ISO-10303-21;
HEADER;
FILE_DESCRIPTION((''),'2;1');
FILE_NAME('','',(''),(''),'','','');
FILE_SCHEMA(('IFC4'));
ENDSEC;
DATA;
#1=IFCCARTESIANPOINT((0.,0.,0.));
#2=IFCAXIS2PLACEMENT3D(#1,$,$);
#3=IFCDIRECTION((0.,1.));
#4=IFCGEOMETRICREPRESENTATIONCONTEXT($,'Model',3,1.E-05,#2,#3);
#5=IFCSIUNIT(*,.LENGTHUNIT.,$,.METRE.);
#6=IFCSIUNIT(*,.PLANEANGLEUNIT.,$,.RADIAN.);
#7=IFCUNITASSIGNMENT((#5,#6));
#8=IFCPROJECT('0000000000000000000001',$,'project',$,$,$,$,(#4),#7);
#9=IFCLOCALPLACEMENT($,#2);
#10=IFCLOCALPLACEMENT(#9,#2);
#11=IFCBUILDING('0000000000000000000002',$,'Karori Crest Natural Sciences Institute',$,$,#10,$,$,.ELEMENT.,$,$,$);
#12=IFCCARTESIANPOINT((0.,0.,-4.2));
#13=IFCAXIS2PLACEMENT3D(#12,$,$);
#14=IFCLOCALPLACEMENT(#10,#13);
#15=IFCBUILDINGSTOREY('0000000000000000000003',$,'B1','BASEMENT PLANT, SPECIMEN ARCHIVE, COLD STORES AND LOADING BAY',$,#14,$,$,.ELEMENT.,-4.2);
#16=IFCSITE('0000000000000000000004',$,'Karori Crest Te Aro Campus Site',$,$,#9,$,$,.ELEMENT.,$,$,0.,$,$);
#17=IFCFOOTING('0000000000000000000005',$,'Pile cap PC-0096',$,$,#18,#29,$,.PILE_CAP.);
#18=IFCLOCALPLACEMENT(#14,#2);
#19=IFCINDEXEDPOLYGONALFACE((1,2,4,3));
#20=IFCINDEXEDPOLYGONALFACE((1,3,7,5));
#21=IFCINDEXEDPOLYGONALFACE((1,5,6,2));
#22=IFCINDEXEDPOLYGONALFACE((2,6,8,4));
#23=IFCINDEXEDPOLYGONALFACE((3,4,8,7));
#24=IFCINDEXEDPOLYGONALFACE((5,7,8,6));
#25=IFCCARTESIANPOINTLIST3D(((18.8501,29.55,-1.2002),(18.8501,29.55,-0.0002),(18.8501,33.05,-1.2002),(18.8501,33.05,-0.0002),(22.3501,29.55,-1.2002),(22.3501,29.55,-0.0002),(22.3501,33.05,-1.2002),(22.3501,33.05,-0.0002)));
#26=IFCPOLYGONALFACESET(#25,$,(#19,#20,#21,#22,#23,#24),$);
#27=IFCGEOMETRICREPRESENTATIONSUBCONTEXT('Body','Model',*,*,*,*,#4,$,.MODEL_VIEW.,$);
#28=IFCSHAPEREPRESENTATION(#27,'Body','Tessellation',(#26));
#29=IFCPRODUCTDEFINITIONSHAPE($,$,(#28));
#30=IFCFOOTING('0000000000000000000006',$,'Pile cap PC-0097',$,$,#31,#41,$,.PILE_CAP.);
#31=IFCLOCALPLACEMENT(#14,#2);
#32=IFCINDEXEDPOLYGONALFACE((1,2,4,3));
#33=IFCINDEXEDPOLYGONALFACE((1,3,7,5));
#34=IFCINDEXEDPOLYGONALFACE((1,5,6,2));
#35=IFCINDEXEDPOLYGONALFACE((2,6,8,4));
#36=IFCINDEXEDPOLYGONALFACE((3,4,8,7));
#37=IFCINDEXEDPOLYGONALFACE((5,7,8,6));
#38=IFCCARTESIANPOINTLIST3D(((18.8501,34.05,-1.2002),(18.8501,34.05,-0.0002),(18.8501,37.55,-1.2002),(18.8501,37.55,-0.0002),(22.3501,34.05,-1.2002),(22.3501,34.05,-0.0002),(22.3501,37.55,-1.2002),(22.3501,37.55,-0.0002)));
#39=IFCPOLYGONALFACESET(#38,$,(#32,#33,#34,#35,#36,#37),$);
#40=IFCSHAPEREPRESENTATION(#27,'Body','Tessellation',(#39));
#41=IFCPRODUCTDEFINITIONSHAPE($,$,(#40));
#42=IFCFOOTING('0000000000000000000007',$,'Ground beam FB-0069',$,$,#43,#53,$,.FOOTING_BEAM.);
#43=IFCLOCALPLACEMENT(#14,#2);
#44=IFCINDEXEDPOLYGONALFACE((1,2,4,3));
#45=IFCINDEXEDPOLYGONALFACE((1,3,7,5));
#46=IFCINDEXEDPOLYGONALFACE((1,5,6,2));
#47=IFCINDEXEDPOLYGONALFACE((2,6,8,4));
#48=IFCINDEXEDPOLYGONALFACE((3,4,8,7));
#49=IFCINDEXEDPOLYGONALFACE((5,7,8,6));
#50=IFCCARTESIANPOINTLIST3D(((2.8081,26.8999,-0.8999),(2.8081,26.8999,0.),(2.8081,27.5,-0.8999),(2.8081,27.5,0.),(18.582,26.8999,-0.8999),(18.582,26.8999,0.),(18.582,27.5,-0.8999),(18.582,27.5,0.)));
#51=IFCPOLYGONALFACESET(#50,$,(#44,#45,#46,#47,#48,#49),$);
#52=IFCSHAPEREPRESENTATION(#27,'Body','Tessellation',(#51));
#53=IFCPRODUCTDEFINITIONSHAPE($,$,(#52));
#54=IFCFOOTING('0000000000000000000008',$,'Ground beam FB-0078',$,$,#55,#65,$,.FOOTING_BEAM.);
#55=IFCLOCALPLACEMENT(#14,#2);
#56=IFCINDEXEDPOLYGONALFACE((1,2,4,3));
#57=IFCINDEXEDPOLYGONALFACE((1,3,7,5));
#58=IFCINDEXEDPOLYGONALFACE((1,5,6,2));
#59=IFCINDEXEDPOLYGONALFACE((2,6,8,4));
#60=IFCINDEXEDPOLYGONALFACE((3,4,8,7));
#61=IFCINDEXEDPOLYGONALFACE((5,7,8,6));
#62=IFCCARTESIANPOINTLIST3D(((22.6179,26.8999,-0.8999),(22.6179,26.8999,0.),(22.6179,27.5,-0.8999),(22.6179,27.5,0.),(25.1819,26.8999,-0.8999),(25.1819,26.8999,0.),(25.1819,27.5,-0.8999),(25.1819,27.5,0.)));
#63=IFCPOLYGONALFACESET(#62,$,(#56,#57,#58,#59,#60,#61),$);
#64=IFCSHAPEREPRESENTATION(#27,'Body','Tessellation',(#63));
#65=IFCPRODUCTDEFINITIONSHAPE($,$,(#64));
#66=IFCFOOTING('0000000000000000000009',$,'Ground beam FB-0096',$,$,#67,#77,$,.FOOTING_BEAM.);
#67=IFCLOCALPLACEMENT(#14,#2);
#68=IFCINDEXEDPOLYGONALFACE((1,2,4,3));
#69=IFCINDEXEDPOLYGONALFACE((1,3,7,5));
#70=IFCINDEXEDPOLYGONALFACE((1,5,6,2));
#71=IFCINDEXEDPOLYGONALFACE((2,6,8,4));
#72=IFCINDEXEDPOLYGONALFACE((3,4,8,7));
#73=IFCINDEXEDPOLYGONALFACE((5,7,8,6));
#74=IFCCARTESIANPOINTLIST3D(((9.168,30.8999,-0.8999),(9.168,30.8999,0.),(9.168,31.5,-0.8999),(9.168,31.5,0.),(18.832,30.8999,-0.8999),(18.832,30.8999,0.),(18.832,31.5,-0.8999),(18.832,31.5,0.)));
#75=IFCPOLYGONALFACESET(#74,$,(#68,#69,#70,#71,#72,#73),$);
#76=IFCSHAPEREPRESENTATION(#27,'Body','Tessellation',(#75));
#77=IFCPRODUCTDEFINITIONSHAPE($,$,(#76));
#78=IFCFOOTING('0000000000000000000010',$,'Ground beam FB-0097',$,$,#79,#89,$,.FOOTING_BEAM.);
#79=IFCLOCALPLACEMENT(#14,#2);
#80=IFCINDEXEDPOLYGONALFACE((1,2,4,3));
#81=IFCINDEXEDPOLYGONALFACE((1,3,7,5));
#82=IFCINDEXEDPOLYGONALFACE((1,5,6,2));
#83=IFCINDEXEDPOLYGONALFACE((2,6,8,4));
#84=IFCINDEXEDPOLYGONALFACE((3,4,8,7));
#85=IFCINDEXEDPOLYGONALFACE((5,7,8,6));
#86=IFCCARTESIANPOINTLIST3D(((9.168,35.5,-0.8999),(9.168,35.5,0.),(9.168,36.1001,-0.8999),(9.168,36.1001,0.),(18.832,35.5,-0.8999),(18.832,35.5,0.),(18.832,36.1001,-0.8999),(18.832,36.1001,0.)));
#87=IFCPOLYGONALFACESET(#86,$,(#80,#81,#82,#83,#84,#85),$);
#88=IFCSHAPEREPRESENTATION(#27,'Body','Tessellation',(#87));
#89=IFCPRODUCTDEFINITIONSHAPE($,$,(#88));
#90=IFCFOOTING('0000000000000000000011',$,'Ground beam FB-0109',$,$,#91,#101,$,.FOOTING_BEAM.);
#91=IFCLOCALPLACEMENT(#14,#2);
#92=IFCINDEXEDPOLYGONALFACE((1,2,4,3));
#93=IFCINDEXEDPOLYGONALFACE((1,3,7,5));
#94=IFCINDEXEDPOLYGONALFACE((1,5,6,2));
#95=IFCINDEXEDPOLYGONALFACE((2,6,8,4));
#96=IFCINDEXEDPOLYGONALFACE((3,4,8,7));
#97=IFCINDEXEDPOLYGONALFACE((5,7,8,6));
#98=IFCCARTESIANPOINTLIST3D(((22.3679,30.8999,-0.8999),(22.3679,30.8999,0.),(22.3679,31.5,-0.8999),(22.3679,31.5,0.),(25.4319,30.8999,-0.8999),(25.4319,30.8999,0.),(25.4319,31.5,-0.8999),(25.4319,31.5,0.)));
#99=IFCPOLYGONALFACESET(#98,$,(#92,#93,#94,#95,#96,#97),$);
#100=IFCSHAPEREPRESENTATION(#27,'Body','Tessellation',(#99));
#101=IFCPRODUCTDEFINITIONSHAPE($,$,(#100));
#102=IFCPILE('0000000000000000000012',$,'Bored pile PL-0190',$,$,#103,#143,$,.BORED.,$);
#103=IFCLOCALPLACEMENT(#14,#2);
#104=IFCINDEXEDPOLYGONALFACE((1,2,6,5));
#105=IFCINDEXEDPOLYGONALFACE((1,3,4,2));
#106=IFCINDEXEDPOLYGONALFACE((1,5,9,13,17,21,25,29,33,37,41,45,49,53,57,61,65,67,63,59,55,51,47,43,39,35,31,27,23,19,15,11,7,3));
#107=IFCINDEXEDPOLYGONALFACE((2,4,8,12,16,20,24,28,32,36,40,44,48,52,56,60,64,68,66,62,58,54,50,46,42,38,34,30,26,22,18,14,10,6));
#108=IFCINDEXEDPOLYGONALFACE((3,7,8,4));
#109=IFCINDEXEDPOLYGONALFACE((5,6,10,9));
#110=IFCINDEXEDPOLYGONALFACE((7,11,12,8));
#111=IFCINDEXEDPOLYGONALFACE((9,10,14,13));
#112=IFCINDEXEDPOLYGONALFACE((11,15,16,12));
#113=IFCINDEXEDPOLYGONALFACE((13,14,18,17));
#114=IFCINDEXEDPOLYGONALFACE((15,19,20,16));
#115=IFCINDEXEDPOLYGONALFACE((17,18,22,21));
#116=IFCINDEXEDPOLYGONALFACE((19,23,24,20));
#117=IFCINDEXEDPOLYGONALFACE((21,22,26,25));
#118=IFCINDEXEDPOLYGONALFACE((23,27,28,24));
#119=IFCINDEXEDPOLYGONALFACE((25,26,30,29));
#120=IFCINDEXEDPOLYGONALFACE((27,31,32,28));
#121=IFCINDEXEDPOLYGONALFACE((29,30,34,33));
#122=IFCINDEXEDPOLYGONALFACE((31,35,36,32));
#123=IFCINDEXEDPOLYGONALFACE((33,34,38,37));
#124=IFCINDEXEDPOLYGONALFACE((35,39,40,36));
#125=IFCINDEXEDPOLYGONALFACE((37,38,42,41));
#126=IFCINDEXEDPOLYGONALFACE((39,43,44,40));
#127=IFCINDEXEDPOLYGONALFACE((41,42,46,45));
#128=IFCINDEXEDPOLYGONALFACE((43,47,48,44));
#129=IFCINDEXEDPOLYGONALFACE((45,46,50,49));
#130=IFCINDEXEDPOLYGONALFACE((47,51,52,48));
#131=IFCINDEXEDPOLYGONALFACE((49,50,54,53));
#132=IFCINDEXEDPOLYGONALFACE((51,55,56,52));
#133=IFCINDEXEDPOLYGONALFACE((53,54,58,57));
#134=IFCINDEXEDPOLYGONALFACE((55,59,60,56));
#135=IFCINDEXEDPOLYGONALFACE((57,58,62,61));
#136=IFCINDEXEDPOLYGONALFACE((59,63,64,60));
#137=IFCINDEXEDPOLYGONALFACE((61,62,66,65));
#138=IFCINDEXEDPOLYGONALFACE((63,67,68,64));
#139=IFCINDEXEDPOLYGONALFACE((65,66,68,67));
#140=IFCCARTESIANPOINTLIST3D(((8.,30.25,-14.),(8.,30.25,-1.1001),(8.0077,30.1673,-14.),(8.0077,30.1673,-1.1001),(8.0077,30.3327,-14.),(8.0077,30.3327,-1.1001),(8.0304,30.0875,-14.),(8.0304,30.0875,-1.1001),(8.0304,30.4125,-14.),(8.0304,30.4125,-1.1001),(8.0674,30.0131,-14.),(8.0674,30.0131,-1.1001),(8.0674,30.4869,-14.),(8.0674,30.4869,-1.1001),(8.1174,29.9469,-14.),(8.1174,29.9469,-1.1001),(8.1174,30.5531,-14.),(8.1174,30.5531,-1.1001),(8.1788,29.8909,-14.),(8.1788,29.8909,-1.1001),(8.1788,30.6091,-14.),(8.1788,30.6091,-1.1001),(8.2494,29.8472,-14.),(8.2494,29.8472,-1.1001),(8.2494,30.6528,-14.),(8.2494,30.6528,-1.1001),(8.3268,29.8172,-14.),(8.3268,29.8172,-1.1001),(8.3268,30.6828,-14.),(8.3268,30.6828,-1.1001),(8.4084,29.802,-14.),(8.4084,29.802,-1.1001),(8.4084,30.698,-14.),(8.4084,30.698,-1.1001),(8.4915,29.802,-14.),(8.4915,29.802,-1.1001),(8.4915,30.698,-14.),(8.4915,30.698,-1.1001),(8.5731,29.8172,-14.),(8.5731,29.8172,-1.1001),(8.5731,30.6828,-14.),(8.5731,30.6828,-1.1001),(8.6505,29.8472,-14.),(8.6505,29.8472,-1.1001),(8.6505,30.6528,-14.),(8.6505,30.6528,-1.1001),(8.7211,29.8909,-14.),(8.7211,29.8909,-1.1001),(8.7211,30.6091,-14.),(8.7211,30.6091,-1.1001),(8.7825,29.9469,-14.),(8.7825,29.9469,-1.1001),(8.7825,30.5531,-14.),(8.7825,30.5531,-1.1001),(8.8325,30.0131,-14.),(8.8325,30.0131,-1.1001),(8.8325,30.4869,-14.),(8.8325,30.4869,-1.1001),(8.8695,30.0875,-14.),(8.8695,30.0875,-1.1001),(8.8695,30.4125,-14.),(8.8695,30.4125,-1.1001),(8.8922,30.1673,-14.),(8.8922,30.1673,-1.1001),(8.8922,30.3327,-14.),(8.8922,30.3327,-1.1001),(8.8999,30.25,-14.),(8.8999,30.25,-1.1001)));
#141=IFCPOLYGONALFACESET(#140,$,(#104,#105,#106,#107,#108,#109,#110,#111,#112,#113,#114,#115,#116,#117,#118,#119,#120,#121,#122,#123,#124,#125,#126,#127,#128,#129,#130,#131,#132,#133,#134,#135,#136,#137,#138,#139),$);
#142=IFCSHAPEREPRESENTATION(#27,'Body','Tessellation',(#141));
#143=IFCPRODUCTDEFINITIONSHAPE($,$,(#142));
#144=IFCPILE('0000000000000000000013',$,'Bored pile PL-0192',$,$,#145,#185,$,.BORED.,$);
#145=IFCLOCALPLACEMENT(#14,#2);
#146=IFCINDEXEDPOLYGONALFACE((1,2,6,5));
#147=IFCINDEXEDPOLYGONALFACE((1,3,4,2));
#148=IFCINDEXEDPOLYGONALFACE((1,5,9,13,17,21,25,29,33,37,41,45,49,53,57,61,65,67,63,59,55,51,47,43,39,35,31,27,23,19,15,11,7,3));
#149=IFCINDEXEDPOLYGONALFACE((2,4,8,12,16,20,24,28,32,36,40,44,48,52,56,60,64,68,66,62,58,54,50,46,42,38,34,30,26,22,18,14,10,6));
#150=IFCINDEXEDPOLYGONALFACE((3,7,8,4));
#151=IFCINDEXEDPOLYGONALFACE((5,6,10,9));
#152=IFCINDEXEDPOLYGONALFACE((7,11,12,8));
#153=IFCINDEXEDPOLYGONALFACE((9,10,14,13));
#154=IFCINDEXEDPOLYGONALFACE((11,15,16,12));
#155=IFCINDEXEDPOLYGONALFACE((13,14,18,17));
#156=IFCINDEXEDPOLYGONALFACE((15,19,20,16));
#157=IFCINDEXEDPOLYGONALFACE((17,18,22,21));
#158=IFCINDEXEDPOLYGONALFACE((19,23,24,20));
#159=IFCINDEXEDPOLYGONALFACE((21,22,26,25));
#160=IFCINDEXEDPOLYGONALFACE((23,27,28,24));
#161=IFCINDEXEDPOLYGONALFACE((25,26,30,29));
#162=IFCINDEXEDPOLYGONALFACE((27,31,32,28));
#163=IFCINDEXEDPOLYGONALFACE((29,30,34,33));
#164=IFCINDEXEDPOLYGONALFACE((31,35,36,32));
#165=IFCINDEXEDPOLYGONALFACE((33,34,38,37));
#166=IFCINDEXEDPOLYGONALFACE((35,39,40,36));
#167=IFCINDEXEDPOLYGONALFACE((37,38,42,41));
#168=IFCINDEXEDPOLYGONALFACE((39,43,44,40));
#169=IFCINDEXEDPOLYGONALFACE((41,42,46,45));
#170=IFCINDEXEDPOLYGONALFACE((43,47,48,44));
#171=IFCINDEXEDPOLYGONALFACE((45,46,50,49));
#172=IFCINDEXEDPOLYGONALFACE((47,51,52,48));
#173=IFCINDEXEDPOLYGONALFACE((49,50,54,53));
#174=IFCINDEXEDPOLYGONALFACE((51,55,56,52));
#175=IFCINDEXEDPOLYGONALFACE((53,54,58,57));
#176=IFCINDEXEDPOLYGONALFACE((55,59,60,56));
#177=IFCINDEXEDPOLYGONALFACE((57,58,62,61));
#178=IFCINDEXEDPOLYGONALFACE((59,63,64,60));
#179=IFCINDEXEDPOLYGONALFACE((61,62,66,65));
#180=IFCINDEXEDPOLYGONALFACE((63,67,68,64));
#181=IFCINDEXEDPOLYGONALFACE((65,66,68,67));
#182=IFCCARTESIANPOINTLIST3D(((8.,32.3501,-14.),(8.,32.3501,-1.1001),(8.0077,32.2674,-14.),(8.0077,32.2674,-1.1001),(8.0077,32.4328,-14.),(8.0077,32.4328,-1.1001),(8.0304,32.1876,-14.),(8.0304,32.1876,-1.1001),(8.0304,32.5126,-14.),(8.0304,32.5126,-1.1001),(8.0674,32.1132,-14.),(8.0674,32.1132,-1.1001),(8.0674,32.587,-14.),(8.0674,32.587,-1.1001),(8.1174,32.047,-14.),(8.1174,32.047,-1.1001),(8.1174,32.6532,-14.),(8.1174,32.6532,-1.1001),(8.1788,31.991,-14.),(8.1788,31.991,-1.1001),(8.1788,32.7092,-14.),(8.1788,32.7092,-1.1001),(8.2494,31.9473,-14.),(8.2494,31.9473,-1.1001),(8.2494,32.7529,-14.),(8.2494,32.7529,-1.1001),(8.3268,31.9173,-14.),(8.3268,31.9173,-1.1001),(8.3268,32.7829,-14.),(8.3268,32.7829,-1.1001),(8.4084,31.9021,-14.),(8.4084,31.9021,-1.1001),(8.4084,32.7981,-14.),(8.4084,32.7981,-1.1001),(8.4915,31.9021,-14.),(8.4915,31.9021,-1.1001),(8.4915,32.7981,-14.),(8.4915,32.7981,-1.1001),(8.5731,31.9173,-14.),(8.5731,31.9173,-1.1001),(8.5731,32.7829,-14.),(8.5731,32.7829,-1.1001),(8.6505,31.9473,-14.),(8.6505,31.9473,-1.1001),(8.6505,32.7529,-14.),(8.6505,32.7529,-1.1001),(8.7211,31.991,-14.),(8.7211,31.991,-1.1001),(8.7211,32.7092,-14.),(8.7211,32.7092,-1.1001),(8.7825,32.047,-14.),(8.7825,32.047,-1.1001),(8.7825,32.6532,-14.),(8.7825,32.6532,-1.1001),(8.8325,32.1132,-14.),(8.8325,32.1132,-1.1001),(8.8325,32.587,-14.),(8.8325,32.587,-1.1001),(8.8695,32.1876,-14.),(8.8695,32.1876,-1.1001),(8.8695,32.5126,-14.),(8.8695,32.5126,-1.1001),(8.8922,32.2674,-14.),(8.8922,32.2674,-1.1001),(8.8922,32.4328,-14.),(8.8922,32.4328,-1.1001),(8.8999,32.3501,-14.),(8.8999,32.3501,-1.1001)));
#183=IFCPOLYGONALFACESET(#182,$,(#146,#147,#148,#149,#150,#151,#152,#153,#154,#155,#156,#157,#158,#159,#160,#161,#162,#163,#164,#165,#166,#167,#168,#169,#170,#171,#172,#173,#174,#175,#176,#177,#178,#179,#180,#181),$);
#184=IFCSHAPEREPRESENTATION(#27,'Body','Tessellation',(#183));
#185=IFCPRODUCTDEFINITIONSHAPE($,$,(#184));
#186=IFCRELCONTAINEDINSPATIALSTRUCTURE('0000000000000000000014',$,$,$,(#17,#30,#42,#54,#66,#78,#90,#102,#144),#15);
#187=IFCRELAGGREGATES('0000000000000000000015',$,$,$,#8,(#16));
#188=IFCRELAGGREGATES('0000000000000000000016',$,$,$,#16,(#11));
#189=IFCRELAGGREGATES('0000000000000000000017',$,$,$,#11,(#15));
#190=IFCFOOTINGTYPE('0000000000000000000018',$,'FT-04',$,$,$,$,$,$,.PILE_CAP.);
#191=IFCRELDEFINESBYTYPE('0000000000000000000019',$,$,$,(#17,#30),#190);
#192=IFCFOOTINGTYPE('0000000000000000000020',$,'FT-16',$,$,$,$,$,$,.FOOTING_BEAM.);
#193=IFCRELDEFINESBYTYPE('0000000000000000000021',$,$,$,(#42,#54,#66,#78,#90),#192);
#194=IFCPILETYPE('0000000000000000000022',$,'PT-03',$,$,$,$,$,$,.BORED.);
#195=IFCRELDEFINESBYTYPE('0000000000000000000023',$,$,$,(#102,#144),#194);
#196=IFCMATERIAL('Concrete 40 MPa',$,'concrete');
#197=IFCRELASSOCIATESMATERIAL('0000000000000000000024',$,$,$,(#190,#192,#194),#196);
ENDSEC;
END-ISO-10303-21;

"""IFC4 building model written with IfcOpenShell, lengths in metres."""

from ifc_helpers import new_model, si_unit, direction, frame, origin, origin_2d, place, context, subcontext, project, spatial, rectangle, circle, extrude, material, material_profile, profile_set, type_object, element, save


model = new_model("IFC4")

# Units and contexts
model_context = context("Model", 3, precision=1e-05, world=origin(), true_north=direction((0.0, 1.0)))
body_context = subcontext(model_context, "Body", "Model", "MODEL_VIEW")
ifc_project = project(units=[si_unit("LENGTHUNIT", "METRE"), si_unit("PLANEANGLEUNIT", "RADIAN")], contexts=[model_context])

# Site, building, storey
site_placement = place(None, origin())
site = spatial("IfcSite", under=ifc_project, at=site_placement, Name="Karori Crest Te Aro Campus Site", CompositionType="ELEMENT", RefElevation=0.0)
building_placement = place(site_placement, origin())
building = spatial("IfcBuilding", under=site, at=building_placement, Name="Karori Crest Natural Sciences Institute", CompositionType="ELEMENT")
storey_placement = place(building_placement, frame((0.0, 0.0, -4.2)))
storey = spatial("IfcBuildingStorey", under=building, at=storey_placement, Name="B1", Description="BASEMENT PLANT, SPECIMEN ARCHIVE, COLD STORES AND LOADING BAY", CompositionType="ELEMENT", Elevation=-4.2)

# Footings
ifc_material_1 = material(Name="Concrete 40 MPa", Category="concrete")
footing_type_1 = type_object("IfcFootingType", Name="FT-04", PredefinedType="PILE_CAP", material=ifc_material_1)
for number, where, z_axis, x_axis, name in (
    (1, (20.6001, 31.3, -1.2002), (0.0, 0.0, 1.0), (1.0, 0.0, 0.0), "Pile cap PC-0096"),
    (2, (20.6001, 35.8, -1.2002), (0.0, 0.0, 1.0), (1.0, 0.0, 0.0), "Pile cap PC-0097"),
):
    element("IfcFooting", number, at=place(storey_placement, frame(where, z_axis=z_axis, x_axis=x_axis)), inside=storey, type_object=footing_type_1, Name=name, PredefinedType="PILE_CAP", context=body_context, shape_type="SweptSolid", body=[
        extrude(rectangle(XDim=3.5, YDim=3.5, at=origin_2d()), origin(), (0.0, 0.0, 1.0), 1.2),
    ])
footing_type_2 = type_object("IfcFootingType", Name="FT-16", PredefinedType="FOOTING_BEAM", material=ifc_material_1)
footing_1_placement = place(storey_placement, frame((10.6951, 27.2, -0.8999), z_axis=(0.0, 0.0, 1.0), x_axis=(1.0, 0.0, 0.0)))
element("IfcFooting", 3, at=footing_1_placement, inside=storey, type_object=footing_type_2, Name="Ground beam FB-0069", PredefinedType="FOOTING_BEAM", context=body_context, shape_type="SweptSolid", body=[
    extrude(rectangle(XDim=15.7739, YDim=0.6001, at=origin_2d()), origin(), (0.0, 0.0, 1.0), 0.8999),
])
footing_2_placement = place(storey_placement, frame((23.8999, 27.2, -0.8999), z_axis=(0.0, 0.0, 1.0), x_axis=(1.0, 0.0, 0.0)))
element("IfcFooting", 4, at=footing_2_placement, inside=storey, type_object=footing_type_2, Name="Ground beam FB-0078", PredefinedType="FOOTING_BEAM", context=body_context, shape_type="SweptSolid", body=[
    extrude(rectangle(XDim=2.564, YDim=0.6001, at=origin_2d()), origin(), (0.0, 0.0, 1.0), 0.8999),
])
for number, where, z_axis, x_axis, name in (
    (5, (14.0, 31.2, -0.8999), (0.0, 0.0, 1.0), (1.0, 0.0, 0.0), "Ground beam FB-0096"),
    (6, (14.0, 35.8, -0.8999), (0.0, 0.0, 1.0), (1.0, 0.0, 0.0), "Ground beam FB-0097"),
):
    element("IfcFooting", number, at=place(storey_placement, frame(where, z_axis=z_axis, x_axis=x_axis)), inside=storey, type_object=footing_type_2, Name=name, PredefinedType="FOOTING_BEAM", context=body_context, shape_type="SweptSolid", body=[
        extrude(rectangle(XDim=9.6641, YDim=0.6001, at=origin_2d()), origin(), (0.0, 0.0, 1.0), 0.8999),
    ])
footing_3_placement = place(storey_placement, frame((23.8999, 31.2, -0.8999), z_axis=(0.0, 0.0, 1.0), x_axis=(1.0, 0.0, 0.0)))
element("IfcFooting", 7, at=footing_3_placement, inside=storey, type_object=footing_type_2, Name="Ground beam FB-0109", PredefinedType="FOOTING_BEAM", context=body_context, shape_type="SweptSolid", body=[
    extrude(rectangle(XDim=3.064, YDim=0.6001, at=origin_2d()), origin(), (0.0, 0.0, 1.0), 0.8999),
])

# Piles
ifc_material_profile_1 = material_profile(ifc_material_1, circle(Radius=0.45, at=origin_2d()), Name="PILE900")
ifc_profile_set_1 = profile_set([ifc_material_profile_1], Name="Concrete 40 MPa")
pile_type_1 = type_object("IfcPileType", Name="PT-03", PredefinedType="BORED", material=ifc_profile_set_1)
for number, where, z_axis, x_axis, name in (
    (8, (8.45, 30.25, -1.1001), (0.0, 0.0, -1.0), (1.0, 0.0, 0.0), "Bored pile PL-0190"),
    (9, (8.45, 32.3501, -1.1001), (0.0, 0.0, -1.0), (1.0, 0.0, 0.0), "Bored pile PL-0192"),
):
    element("IfcPile", number, at=place(storey_placement, frame(where, z_axis=z_axis, x_axis=x_axis)), inside=storey, type_object=pile_type_1, Name=name, PredefinedType="BORED", context=body_context, shape_type="SweptSolid", body=[
        extrude(circle(Radius=0.45, at=origin_2d()), origin(), (0.0, 0.0, 1.0), 12.8999),
    ])

save(model, "model.ifc")
